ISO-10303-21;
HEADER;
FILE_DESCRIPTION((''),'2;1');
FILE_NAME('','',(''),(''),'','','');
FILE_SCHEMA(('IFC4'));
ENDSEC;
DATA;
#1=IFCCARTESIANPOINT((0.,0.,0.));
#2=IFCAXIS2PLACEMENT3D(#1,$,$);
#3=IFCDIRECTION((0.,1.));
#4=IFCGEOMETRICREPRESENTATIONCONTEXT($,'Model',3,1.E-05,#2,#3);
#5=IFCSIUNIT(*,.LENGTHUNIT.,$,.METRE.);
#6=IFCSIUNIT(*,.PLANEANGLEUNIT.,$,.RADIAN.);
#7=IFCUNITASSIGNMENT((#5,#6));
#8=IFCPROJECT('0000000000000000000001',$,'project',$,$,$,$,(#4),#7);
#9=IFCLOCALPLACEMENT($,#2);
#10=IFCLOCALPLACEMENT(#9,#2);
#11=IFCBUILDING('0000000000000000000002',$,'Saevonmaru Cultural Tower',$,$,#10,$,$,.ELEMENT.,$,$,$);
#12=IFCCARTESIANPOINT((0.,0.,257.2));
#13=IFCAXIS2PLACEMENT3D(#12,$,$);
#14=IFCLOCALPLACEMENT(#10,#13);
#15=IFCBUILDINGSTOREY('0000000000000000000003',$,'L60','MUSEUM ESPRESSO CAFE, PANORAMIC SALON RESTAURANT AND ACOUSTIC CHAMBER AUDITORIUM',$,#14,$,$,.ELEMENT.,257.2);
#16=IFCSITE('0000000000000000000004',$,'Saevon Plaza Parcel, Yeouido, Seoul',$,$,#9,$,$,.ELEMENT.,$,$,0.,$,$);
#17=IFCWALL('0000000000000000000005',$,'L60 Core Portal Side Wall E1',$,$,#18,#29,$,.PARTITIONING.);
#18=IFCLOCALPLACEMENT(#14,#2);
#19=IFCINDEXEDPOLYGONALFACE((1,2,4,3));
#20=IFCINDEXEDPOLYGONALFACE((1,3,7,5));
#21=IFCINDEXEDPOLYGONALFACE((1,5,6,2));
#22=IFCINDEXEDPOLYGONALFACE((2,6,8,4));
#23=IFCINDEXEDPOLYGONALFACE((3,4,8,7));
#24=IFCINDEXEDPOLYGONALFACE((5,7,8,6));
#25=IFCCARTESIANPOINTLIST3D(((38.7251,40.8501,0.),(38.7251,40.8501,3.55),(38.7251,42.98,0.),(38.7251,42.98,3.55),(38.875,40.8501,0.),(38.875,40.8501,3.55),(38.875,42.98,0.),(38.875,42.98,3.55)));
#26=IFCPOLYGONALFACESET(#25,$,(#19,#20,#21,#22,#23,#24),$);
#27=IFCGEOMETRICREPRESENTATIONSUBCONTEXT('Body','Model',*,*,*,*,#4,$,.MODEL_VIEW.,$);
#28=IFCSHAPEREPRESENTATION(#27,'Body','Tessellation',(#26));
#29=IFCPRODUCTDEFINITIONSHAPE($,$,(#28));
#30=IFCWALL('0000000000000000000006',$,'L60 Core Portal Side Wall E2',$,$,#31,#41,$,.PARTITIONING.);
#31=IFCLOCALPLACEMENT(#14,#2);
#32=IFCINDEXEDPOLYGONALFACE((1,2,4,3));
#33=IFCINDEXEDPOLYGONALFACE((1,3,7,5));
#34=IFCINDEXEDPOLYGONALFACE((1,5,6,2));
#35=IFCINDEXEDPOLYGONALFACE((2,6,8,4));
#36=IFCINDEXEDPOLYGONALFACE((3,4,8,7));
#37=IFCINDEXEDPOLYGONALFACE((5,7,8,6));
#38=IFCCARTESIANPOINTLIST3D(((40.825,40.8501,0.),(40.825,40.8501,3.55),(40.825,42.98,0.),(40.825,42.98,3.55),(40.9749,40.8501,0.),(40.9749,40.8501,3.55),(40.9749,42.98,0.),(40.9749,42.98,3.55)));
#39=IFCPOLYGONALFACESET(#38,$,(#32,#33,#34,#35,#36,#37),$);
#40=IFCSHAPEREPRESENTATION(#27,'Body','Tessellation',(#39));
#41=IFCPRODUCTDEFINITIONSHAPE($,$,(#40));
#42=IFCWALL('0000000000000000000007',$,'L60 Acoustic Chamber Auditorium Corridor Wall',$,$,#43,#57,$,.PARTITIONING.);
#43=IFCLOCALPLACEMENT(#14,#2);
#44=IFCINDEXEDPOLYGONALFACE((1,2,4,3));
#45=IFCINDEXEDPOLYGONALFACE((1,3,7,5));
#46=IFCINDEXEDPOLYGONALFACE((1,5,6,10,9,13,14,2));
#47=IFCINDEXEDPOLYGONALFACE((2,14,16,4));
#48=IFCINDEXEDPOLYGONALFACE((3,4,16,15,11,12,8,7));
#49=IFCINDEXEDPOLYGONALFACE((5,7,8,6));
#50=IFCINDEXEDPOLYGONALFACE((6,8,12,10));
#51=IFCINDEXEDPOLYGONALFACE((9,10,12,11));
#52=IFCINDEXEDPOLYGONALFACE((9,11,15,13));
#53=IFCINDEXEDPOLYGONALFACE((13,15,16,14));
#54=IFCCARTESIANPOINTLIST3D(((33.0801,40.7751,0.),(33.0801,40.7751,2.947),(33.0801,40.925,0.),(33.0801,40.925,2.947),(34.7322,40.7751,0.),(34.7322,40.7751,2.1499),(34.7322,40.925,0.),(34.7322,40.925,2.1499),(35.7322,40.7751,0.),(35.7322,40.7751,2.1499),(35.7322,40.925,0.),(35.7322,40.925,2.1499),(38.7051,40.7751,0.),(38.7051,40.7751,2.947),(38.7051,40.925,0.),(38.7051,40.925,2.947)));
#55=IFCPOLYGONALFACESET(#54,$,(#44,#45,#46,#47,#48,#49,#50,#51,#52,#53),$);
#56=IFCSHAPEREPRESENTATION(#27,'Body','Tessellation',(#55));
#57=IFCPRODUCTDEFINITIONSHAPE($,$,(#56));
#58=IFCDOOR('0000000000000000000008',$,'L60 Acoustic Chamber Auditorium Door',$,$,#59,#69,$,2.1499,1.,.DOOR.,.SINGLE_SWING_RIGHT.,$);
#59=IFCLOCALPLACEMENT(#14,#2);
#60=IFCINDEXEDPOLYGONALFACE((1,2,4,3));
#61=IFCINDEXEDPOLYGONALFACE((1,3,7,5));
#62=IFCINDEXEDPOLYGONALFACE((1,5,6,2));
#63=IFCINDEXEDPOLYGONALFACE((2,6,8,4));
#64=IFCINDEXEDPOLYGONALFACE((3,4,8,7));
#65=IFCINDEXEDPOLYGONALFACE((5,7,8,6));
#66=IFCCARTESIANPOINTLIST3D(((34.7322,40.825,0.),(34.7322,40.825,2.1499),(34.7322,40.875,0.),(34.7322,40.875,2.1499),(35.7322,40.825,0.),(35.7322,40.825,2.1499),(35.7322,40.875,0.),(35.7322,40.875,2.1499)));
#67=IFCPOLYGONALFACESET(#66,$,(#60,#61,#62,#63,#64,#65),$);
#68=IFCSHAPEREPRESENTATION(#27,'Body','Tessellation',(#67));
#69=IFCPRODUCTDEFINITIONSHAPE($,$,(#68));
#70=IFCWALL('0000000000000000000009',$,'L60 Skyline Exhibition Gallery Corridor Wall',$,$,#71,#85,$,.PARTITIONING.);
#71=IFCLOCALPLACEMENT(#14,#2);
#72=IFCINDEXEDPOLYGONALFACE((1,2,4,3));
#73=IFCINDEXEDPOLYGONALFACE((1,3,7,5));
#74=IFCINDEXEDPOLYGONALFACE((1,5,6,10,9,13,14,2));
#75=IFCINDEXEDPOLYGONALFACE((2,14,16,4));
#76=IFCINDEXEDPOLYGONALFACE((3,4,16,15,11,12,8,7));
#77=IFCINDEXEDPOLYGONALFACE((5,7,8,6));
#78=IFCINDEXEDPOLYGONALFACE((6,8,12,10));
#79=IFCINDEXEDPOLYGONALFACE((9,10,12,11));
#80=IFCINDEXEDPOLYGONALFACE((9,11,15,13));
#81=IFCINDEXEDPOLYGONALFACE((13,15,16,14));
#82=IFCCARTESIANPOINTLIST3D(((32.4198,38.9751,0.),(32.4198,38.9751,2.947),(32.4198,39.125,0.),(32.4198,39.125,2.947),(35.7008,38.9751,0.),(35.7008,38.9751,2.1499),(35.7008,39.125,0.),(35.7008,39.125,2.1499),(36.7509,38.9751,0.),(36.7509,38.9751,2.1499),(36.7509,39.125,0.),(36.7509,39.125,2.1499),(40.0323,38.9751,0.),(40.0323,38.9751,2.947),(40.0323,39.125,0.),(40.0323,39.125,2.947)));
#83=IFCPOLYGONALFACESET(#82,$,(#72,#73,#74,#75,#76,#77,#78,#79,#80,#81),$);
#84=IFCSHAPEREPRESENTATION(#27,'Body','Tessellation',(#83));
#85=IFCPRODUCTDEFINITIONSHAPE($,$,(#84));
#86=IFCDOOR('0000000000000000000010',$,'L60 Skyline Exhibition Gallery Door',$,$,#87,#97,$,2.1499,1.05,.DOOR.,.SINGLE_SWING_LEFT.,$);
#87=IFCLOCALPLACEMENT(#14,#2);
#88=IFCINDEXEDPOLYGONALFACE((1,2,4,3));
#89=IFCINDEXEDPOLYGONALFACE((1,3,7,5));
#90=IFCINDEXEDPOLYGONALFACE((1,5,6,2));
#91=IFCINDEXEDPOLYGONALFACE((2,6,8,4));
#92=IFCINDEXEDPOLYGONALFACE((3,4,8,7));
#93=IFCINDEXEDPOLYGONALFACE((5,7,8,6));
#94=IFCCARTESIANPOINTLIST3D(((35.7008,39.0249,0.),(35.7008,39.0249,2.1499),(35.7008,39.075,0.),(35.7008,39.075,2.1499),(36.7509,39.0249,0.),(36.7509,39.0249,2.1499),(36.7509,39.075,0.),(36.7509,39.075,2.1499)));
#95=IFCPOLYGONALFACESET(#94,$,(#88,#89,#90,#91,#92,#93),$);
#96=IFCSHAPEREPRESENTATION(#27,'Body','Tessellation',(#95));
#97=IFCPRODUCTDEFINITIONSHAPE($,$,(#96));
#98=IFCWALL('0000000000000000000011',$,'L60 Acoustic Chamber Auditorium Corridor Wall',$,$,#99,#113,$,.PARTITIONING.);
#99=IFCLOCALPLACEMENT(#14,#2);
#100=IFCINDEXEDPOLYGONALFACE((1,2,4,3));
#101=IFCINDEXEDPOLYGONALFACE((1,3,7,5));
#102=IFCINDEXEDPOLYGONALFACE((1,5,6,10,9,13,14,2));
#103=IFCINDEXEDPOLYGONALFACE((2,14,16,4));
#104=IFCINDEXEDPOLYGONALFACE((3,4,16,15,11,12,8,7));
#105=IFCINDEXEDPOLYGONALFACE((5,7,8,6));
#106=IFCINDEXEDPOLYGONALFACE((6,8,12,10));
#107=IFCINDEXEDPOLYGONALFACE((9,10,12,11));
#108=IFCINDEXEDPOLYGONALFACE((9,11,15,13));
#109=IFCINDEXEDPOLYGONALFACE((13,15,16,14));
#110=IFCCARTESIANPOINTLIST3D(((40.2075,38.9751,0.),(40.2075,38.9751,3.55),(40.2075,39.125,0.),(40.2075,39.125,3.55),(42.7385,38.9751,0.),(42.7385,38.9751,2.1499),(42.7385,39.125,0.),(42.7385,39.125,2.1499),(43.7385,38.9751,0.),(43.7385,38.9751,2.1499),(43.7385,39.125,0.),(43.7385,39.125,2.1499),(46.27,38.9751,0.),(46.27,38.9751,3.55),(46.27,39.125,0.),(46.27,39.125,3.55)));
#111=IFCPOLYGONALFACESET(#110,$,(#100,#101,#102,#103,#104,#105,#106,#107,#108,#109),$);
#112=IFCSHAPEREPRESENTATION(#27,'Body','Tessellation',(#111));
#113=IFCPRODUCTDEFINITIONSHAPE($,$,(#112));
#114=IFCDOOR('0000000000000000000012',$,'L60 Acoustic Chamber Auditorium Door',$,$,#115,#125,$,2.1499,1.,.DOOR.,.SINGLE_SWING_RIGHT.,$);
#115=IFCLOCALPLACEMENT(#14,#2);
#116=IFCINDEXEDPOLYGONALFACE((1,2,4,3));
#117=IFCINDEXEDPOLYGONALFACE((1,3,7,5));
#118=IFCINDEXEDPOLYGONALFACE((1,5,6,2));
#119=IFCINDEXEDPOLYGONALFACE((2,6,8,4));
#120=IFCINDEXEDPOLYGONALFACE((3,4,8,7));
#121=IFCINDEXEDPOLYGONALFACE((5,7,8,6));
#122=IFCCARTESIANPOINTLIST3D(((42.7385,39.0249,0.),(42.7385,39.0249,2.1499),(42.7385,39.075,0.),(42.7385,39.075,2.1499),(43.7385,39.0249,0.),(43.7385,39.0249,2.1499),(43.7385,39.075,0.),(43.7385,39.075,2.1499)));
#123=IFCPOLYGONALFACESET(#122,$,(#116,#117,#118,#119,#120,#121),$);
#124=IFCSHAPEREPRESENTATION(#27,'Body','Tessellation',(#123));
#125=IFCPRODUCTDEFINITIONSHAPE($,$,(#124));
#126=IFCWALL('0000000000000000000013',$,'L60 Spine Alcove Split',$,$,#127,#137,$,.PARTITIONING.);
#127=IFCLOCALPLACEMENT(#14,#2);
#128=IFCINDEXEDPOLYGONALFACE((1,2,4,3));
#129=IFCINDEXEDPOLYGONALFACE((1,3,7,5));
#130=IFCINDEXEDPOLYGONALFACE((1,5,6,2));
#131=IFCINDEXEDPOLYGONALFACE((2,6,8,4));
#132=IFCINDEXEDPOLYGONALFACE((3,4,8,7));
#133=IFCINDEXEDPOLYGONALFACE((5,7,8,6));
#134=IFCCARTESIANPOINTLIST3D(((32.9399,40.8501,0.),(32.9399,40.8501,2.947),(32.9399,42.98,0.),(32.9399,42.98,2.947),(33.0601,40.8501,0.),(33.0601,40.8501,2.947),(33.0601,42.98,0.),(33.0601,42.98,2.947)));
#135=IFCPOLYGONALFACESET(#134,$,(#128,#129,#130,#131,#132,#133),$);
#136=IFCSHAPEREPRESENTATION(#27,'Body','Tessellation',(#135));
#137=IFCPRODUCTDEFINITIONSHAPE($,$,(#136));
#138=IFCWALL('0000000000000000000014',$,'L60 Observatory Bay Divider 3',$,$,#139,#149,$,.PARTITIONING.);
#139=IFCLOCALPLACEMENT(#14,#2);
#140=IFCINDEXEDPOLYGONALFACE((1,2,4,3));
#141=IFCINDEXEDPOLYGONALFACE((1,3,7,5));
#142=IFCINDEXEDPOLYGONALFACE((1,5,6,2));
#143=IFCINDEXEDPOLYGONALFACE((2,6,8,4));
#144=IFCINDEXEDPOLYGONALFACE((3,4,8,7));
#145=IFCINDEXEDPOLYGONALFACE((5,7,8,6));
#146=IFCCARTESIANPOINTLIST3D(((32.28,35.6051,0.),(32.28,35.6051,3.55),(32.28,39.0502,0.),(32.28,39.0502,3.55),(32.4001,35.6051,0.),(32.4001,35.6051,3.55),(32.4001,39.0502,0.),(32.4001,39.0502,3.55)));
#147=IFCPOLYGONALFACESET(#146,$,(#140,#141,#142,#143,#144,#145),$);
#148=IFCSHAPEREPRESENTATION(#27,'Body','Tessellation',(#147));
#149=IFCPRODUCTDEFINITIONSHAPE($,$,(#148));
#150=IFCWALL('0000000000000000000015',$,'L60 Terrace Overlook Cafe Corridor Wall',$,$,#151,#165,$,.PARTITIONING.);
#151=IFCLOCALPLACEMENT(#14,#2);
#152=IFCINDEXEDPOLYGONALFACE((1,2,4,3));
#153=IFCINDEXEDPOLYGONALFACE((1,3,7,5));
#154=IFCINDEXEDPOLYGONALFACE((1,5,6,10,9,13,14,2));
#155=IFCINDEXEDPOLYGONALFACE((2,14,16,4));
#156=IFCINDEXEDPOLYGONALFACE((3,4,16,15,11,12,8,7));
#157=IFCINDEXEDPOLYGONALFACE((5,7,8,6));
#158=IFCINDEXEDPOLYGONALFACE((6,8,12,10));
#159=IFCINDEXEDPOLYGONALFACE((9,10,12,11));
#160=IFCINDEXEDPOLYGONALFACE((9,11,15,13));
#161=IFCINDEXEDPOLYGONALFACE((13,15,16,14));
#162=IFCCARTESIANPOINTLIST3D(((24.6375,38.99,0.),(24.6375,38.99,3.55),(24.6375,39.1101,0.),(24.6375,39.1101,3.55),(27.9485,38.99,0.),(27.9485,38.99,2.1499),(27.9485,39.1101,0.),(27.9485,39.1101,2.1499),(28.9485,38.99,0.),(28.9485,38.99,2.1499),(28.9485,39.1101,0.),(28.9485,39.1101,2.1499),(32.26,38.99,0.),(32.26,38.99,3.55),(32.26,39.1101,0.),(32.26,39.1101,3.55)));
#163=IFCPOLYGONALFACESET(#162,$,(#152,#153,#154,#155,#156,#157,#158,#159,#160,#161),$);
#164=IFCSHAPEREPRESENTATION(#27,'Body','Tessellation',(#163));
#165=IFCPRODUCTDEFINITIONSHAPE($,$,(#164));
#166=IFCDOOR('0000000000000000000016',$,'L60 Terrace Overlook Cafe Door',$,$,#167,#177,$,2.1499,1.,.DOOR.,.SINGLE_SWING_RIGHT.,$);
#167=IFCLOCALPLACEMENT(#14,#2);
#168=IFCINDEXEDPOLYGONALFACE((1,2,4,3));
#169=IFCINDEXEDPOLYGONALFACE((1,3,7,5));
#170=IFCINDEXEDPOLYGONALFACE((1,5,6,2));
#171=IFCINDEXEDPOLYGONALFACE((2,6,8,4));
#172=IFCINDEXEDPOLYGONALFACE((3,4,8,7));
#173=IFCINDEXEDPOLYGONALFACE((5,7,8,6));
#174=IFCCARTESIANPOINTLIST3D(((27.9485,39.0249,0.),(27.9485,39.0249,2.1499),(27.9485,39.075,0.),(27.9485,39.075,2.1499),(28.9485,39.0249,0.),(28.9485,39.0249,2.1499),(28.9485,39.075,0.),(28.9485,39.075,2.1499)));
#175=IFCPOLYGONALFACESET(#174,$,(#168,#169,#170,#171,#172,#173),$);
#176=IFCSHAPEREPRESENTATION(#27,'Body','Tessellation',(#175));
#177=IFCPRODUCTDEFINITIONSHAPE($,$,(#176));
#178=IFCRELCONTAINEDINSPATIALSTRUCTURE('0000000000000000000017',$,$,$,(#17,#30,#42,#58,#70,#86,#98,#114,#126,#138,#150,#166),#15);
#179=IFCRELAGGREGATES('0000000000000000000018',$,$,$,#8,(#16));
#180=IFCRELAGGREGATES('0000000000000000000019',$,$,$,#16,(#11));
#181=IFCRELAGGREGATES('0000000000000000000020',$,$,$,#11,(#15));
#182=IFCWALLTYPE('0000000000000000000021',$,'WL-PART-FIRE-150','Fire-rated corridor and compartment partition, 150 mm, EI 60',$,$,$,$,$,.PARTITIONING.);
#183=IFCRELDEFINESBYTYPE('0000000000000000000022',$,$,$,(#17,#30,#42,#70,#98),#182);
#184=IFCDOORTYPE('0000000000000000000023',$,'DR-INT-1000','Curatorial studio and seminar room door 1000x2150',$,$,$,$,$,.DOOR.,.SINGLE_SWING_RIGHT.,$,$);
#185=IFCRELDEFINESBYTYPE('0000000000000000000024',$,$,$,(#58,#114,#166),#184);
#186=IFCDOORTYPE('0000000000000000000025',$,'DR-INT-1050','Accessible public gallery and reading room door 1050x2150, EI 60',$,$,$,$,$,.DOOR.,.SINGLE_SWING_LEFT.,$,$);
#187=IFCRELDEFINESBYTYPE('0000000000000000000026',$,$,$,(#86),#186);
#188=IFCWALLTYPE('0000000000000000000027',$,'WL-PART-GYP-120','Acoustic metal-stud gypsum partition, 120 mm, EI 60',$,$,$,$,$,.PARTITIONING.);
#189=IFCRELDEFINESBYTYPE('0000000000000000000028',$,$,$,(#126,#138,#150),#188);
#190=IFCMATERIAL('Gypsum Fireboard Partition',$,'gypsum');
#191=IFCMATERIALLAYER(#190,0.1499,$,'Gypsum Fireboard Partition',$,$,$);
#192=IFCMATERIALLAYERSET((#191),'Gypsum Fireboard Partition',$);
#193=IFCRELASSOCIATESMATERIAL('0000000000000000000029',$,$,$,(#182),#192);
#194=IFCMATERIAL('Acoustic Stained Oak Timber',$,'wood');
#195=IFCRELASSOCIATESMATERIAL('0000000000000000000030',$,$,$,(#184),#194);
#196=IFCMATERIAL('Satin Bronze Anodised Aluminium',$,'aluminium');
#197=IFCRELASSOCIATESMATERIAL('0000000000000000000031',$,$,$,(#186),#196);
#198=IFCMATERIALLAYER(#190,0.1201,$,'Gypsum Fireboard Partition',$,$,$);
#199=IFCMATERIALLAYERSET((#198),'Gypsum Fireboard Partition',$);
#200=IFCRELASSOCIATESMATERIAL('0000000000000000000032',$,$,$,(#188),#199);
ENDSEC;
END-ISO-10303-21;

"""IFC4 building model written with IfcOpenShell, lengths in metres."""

from ifc_helpers import new_model, si_unit, direction, frame, frame_2d, origin, place, context, subcontext, project, spatial, rectangle, extrude, material, layer, layer_set, type_object, element, fill, save


model = new_model("IFC4")

# Units and contexts
model_context = context("Model", 3, precision=1e-05, world=origin(), true_north=direction((0.0, 1.0)))
body_context = subcontext(model_context, "Body", "Model", "MODEL_VIEW")
ifc_project = project(units=[si_unit("LENGTHUNIT", "METRE"), si_unit("PLANEANGLEUNIT", "RADIAN")], contexts=[model_context])

# Site, building, storey
site_placement = place(None, origin())
site = spatial("IfcSite", under=ifc_project, at=site_placement, Name="Saevon Plaza Parcel, Yeouido, Seoul", CompositionType="ELEMENT", RefElevation=0.0)
building_placement = place(site_placement, origin())
building = spatial("IfcBuilding", under=site, at=building_placement, Name="Saevonmaru Cultural Tower", CompositionType="ELEMENT")
storey_placement = place(building_placement, frame((0.0, 0.0, 257.2)))
storey = spatial("IfcBuildingStorey", under=building, at=storey_placement, Name="L60", Description="MUSEUM ESPRESSO CAFE, PANORAMIC SALON RESTAURANT AND ACOUSTIC CHAMBER AUDITORIUM", CompositionType="ELEMENT", Elevation=257.2)

# Shared definitions
ifc_material_1 = material(Name="Satin Bronze Anodised Aluminium", Category="aluminium")

# Walls
ifc_material_2 = material(Name="Gypsum Fireboard Partition", Category="gypsum")
ifc_layer_1 = layer(ifc_material_2, 0.1499, Name="Gypsum Fireboard Partition")
ifc_layer_set_1 = layer_set([ifc_layer_1], Name="Gypsum Fireboard Partition")
wall_type_1 = type_object("IfcWallType", Name="WL-PART-FIRE-150", Description="Fire-rated corridor and compartment partition, 150 mm, EI 60", PredefinedType="PARTITIONING", material=ifc_layer_set_1)
for number, where, z_axis, x_axis, name in (
    (1, (38.8, 40.8501, 0.0), (0.0, 0.0, 1.0), (0.0, 1.0, 0.0), "L60 Core Portal Side Wall E1"),
    (2, (40.8999, 40.8501, 0.0), (0.0, 0.0, 1.0), (0.0, 1.0, 0.0), "L60 Core Portal Side Wall E2"),
):
    element("IfcWall", number, at=place(storey_placement, frame(where, z_axis=z_axis, x_axis=x_axis)), inside=storey, type_object=wall_type_1, Name=name, PredefinedType="PARTITIONING", context=body_context, shape_type="SweptSolid", body=[
        extrude(rectangle(XDim=2.1299, YDim=0.1499, at=frame_2d((1.0649, 0.0))), origin(), (0.0, 0.0, 1.0), 3.55),
    ])

# Walls, openings, doors
wall_1_placement = place(storey_placement, frame((33.0801, 40.8501, 0.0), z_axis=(0.0, 0.0, 1.0), x_axis=(1.0, 0.0, 0.0)))
wall_1 = element("IfcWall", 3, at=wall_1_placement, inside=storey, type_object=wall_type_1, Name="L60 Acoustic Chamber Auditorium Corridor Wall", PredefinedType="PARTITIONING", context=body_context, shape_type="SweptSolid", body=[
    extrude(rectangle(XDim=5.625, YDim=0.1499, at=frame_2d((2.8125, 0.0))), origin(), (0.0, 0.0, 1.0), 2.947),
])
opening_1_placement = place(wall_1_placement, frame((1.6521, 0.0, 0.0)))
opening_1 = element("IfcOpeningElement", 4, at=opening_1_placement, cuts=wall_1, PredefinedType="OPENING", context=body_context, shape_type="SweptSolid", body=[
    extrude(rectangle(XDim=1.0, YDim=2.1499, at=frame_2d((0.5, 1.075))), frame((0.0, 0.085, 0.0), z_axis=(0.0, -1.0, 0.0), x_axis=(1.0, 0.0, 0.0)), (0.0, 0.0, 1.0), 0.1699),
])
ifc_material_3 = material(Name="Acoustic Stained Oak Timber", Category="wood")
door_type_1 = type_object("IfcDoorType", Name="DR-INT-1000", Description="Curatorial studio and seminar room door 1000x2150", OperationType="SINGLE_SWING_RIGHT", PredefinedType="DOOR", material=ifc_material_3)
door_1_placement = place(opening_1_placement, origin())
door_1 = element("IfcDoor", 5, at=door_1_placement, inside=storey, type_object=door_type_1, Name="L60 Acoustic Chamber Auditorium Door", OperationType="SINGLE_SWING_RIGHT", OverallHeight=2.1499, OverallWidth=1.0, PredefinedType="DOOR", context=body_context, shape_type="SweptSolid", body=[
    extrude(rectangle(XDim=1.0, YDim=2.1499, at=frame_2d((0.5, 1.075))), frame((0.0, 0.0249, 0.0), z_axis=(0.0, -1.0, 0.0), x_axis=(1.0, 0.0, 0.0)), (0.0, 0.0, 1.0), 0.05),
])
fill(opening_1, door_1)
wall_2_placement = place(storey_placement, frame((32.4199, 39.05, 0.0), z_axis=(0.0, 0.0, 1.0), x_axis=(1.0, 0.0, 0.0)))
wall_2 = element("IfcWall", 6, at=wall_2_placement, inside=storey, type_object=wall_type_1, Name="L60 Skyline Exhibition Gallery Corridor Wall", PredefinedType="PARTITIONING", context=body_context, shape_type="SweptSolid", body=[
    extrude(rectangle(XDim=7.6125, YDim=0.1499, at=frame_2d((3.8062, 0.0))), origin(), (0.0, 0.0, 1.0), 2.947),
])
opening_2_placement = place(wall_2_placement, frame((3.281, 0.0, 0.0)))
opening_2 = element("IfcOpeningElement", 7, at=opening_2_placement, cuts=wall_2, PredefinedType="OPENING", context=body_context, shape_type="SweptSolid", body=[
    extrude(rectangle(XDim=1.05, YDim=2.1499, at=frame_2d((0.5249, 1.075))), frame((0.0, 0.085, 0.0), z_axis=(0.0, -1.0, 0.0), x_axis=(1.0, 0.0, 0.0)), (0.0, 0.0, 1.0), 0.1699),
])
door_type_2 = type_object("IfcDoorType", Name="DR-INT-1050", Description="Accessible public gallery and reading room door 1050x2150, EI 60", OperationType="SINGLE_SWING_LEFT", PredefinedType="DOOR", material=ifc_material_1)
door_2_placement = place(opening_2_placement, origin())
door_2 = element("IfcDoor", 8, at=door_2_placement, inside=storey, type_object=door_type_2, Name="L60 Skyline Exhibition Gallery Door", OperationType="SINGLE_SWING_LEFT", OverallHeight=2.1499, OverallWidth=1.05, PredefinedType="DOOR", context=body_context, shape_type="SweptSolid", body=[
    extrude(rectangle(XDim=1.05, YDim=2.1499, at=frame_2d((0.5249, 1.075))), frame((0.0, 0.0249, 0.0), z_axis=(0.0, -1.0, 0.0), x_axis=(1.0, 0.0, 0.0)), (0.0, 0.0, 1.0), 0.05),
])
fill(opening_2, door_2)
wall_3_placement = place(storey_placement, frame((40.2075, 39.05, 0.0), z_axis=(0.0, 0.0, 1.0), x_axis=(1.0, 0.0, 0.0)))
wall_3 = element("IfcWall", 9, at=wall_3_placement, inside=storey, type_object=wall_type_1, Name="L60 Acoustic Chamber Auditorium Corridor Wall", PredefinedType="PARTITIONING", context=body_context, shape_type="SweptSolid", body=[
    extrude(rectangle(XDim=6.0625, YDim=0.1499, at=frame_2d((3.0312, 0.0))), origin(), (0.0, 0.0, 1.0), 3.55),
])
opening_3_placement = place(wall_3_placement, frame((2.531, 0.0, 0.0)))
opening_3 = element("IfcOpeningElement", 10, at=opening_3_placement, cuts=wall_3, PredefinedType="OPENING", context=body_context, shape_type="SweptSolid", body=[
    extrude(rectangle(XDim=1.0, YDim=2.1499, at=frame_2d((0.5, 1.075))), frame((0.0, 0.085, 0.0), z_axis=(0.0, -1.0, 0.0), x_axis=(1.0, 0.0, 0.0)), (0.0, 0.0, 1.0), 0.1699),
])
door_3_placement = place(opening_3_placement, origin())
door_3 = element("IfcDoor", 11, at=door_3_placement, inside=storey, type_object=door_type_1, Name="L60 Acoustic Chamber Auditorium Door", OperationType="SINGLE_SWING_RIGHT", OverallHeight=2.1499, OverallWidth=1.0, PredefinedType="DOOR", context=body_context, shape_type="SweptSolid", body=[
    extrude(rectangle(XDim=1.0, YDim=2.1499, at=frame_2d((0.5, 1.075))), frame((0.0, 0.0249, 0.0), z_axis=(0.0, -1.0, 0.0), x_axis=(1.0, 0.0, 0.0)), (0.0, 0.0, 1.0), 0.05),
])
fill(opening_3, door_3)

# Walls
ifc_layer_2 = layer(ifc_material_2, 0.1201, Name="Gypsum Fireboard Partition")
ifc_layer_set_2 = layer_set([ifc_layer_2], Name="Gypsum Fireboard Partition")
wall_type_2 = type_object("IfcWallType", Name="WL-PART-GYP-120", Description="Acoustic metal-stud gypsum partition, 120 mm, EI 60", PredefinedType="PARTITIONING", material=ifc_layer_set_2)
wall_4_placement = place(storey_placement, frame((33.0, 40.8501, 0.0), z_axis=(0.0, 0.0, 1.0), x_axis=(0.0, 1.0, 0.0)))
element("IfcWall", 12, at=wall_4_placement, inside=storey, type_object=wall_type_2, Name="L60 Spine Alcove Split", PredefinedType="PARTITIONING", context=body_context, shape_type="SweptSolid", body=[
    extrude(rectangle(XDim=2.1299, YDim=0.1201, at=frame_2d((1.0649, 0.0))), origin(), (0.0, 0.0, 1.0), 2.947),
])
wall_5_placement = place(storey_placement, frame((32.3401, 35.605, 0.0), z_axis=(0.0, 0.0, 1.0), x_axis=(0.0, 1.0, 0.0)))
element("IfcWall", 13, at=wall_5_placement, inside=storey, type_object=wall_type_2, Name="L60 Observatory Bay Divider 3", PredefinedType="PARTITIONING", context=body_context, shape_type="SweptSolid", body=[
    extrude(rectangle(XDim=3.4451, YDim=0.1201, at=frame_2d((1.7227, 0.0))), origin(), (0.0, 0.0, 1.0), 3.55),
])

# Wall, opening, door
wall_6_placement = place(storey_placement, frame((24.6375, 39.05, 0.0), z_axis=(0.0, 0.0, 1.0), x_axis=(1.0, 0.0, 0.0)))
wall_6 = element("IfcWall", 14, at=wall_6_placement, inside=storey, type_object=wall_type_2, Name="L60 Terrace Overlook Cafe Corridor Wall", PredefinedType="PARTITIONING", context=body_context, shape_type="SweptSolid", body=[
    extrude(rectangle(XDim=7.6226, YDim=0.1201, at=frame_2d((3.8113, 0.0))), origin(), (0.0, 0.0, 1.0), 3.55),
])
opening_4_placement = place(wall_6_placement, frame((3.311, 0.0, 0.0)))
opening_4 = element("IfcOpeningElement", 15, at=opening_4_placement, cuts=wall_6, PredefinedType="OPENING", context=body_context, shape_type="SweptSolid", body=[
    extrude(rectangle(XDim=1.0, YDim=2.1499, at=frame_2d((0.5, 1.075))), frame((0.0, 0.0701, 0.0), z_axis=(0.0, -1.0, 0.0), x_axis=(1.0, 0.0, 0.0)), (0.0, 0.0, 1.0), 0.1401),
])
door_4_placement = place(opening_4_placement, origin())
door_4 = element("IfcDoor", 16, at=door_4_placement, inside=storey, type_object=door_type_1, Name="L60 Terrace Overlook Cafe Door", OperationType="SINGLE_SWING_RIGHT", OverallHeight=2.1499, OverallWidth=1.0, PredefinedType="DOOR", context=body_context, shape_type="SweptSolid", body=[
    extrude(rectangle(XDim=1.0, YDim=2.1499, at=frame_2d((0.5, 1.075))), frame((0.0, 0.0249, 0.0), z_axis=(0.0, -1.0, 0.0), x_axis=(1.0, 0.0, 0.0)), (0.0, 0.0, 1.0), 0.05),
])
fill(opening_4, door_4)

save(model, "model.ifc")
